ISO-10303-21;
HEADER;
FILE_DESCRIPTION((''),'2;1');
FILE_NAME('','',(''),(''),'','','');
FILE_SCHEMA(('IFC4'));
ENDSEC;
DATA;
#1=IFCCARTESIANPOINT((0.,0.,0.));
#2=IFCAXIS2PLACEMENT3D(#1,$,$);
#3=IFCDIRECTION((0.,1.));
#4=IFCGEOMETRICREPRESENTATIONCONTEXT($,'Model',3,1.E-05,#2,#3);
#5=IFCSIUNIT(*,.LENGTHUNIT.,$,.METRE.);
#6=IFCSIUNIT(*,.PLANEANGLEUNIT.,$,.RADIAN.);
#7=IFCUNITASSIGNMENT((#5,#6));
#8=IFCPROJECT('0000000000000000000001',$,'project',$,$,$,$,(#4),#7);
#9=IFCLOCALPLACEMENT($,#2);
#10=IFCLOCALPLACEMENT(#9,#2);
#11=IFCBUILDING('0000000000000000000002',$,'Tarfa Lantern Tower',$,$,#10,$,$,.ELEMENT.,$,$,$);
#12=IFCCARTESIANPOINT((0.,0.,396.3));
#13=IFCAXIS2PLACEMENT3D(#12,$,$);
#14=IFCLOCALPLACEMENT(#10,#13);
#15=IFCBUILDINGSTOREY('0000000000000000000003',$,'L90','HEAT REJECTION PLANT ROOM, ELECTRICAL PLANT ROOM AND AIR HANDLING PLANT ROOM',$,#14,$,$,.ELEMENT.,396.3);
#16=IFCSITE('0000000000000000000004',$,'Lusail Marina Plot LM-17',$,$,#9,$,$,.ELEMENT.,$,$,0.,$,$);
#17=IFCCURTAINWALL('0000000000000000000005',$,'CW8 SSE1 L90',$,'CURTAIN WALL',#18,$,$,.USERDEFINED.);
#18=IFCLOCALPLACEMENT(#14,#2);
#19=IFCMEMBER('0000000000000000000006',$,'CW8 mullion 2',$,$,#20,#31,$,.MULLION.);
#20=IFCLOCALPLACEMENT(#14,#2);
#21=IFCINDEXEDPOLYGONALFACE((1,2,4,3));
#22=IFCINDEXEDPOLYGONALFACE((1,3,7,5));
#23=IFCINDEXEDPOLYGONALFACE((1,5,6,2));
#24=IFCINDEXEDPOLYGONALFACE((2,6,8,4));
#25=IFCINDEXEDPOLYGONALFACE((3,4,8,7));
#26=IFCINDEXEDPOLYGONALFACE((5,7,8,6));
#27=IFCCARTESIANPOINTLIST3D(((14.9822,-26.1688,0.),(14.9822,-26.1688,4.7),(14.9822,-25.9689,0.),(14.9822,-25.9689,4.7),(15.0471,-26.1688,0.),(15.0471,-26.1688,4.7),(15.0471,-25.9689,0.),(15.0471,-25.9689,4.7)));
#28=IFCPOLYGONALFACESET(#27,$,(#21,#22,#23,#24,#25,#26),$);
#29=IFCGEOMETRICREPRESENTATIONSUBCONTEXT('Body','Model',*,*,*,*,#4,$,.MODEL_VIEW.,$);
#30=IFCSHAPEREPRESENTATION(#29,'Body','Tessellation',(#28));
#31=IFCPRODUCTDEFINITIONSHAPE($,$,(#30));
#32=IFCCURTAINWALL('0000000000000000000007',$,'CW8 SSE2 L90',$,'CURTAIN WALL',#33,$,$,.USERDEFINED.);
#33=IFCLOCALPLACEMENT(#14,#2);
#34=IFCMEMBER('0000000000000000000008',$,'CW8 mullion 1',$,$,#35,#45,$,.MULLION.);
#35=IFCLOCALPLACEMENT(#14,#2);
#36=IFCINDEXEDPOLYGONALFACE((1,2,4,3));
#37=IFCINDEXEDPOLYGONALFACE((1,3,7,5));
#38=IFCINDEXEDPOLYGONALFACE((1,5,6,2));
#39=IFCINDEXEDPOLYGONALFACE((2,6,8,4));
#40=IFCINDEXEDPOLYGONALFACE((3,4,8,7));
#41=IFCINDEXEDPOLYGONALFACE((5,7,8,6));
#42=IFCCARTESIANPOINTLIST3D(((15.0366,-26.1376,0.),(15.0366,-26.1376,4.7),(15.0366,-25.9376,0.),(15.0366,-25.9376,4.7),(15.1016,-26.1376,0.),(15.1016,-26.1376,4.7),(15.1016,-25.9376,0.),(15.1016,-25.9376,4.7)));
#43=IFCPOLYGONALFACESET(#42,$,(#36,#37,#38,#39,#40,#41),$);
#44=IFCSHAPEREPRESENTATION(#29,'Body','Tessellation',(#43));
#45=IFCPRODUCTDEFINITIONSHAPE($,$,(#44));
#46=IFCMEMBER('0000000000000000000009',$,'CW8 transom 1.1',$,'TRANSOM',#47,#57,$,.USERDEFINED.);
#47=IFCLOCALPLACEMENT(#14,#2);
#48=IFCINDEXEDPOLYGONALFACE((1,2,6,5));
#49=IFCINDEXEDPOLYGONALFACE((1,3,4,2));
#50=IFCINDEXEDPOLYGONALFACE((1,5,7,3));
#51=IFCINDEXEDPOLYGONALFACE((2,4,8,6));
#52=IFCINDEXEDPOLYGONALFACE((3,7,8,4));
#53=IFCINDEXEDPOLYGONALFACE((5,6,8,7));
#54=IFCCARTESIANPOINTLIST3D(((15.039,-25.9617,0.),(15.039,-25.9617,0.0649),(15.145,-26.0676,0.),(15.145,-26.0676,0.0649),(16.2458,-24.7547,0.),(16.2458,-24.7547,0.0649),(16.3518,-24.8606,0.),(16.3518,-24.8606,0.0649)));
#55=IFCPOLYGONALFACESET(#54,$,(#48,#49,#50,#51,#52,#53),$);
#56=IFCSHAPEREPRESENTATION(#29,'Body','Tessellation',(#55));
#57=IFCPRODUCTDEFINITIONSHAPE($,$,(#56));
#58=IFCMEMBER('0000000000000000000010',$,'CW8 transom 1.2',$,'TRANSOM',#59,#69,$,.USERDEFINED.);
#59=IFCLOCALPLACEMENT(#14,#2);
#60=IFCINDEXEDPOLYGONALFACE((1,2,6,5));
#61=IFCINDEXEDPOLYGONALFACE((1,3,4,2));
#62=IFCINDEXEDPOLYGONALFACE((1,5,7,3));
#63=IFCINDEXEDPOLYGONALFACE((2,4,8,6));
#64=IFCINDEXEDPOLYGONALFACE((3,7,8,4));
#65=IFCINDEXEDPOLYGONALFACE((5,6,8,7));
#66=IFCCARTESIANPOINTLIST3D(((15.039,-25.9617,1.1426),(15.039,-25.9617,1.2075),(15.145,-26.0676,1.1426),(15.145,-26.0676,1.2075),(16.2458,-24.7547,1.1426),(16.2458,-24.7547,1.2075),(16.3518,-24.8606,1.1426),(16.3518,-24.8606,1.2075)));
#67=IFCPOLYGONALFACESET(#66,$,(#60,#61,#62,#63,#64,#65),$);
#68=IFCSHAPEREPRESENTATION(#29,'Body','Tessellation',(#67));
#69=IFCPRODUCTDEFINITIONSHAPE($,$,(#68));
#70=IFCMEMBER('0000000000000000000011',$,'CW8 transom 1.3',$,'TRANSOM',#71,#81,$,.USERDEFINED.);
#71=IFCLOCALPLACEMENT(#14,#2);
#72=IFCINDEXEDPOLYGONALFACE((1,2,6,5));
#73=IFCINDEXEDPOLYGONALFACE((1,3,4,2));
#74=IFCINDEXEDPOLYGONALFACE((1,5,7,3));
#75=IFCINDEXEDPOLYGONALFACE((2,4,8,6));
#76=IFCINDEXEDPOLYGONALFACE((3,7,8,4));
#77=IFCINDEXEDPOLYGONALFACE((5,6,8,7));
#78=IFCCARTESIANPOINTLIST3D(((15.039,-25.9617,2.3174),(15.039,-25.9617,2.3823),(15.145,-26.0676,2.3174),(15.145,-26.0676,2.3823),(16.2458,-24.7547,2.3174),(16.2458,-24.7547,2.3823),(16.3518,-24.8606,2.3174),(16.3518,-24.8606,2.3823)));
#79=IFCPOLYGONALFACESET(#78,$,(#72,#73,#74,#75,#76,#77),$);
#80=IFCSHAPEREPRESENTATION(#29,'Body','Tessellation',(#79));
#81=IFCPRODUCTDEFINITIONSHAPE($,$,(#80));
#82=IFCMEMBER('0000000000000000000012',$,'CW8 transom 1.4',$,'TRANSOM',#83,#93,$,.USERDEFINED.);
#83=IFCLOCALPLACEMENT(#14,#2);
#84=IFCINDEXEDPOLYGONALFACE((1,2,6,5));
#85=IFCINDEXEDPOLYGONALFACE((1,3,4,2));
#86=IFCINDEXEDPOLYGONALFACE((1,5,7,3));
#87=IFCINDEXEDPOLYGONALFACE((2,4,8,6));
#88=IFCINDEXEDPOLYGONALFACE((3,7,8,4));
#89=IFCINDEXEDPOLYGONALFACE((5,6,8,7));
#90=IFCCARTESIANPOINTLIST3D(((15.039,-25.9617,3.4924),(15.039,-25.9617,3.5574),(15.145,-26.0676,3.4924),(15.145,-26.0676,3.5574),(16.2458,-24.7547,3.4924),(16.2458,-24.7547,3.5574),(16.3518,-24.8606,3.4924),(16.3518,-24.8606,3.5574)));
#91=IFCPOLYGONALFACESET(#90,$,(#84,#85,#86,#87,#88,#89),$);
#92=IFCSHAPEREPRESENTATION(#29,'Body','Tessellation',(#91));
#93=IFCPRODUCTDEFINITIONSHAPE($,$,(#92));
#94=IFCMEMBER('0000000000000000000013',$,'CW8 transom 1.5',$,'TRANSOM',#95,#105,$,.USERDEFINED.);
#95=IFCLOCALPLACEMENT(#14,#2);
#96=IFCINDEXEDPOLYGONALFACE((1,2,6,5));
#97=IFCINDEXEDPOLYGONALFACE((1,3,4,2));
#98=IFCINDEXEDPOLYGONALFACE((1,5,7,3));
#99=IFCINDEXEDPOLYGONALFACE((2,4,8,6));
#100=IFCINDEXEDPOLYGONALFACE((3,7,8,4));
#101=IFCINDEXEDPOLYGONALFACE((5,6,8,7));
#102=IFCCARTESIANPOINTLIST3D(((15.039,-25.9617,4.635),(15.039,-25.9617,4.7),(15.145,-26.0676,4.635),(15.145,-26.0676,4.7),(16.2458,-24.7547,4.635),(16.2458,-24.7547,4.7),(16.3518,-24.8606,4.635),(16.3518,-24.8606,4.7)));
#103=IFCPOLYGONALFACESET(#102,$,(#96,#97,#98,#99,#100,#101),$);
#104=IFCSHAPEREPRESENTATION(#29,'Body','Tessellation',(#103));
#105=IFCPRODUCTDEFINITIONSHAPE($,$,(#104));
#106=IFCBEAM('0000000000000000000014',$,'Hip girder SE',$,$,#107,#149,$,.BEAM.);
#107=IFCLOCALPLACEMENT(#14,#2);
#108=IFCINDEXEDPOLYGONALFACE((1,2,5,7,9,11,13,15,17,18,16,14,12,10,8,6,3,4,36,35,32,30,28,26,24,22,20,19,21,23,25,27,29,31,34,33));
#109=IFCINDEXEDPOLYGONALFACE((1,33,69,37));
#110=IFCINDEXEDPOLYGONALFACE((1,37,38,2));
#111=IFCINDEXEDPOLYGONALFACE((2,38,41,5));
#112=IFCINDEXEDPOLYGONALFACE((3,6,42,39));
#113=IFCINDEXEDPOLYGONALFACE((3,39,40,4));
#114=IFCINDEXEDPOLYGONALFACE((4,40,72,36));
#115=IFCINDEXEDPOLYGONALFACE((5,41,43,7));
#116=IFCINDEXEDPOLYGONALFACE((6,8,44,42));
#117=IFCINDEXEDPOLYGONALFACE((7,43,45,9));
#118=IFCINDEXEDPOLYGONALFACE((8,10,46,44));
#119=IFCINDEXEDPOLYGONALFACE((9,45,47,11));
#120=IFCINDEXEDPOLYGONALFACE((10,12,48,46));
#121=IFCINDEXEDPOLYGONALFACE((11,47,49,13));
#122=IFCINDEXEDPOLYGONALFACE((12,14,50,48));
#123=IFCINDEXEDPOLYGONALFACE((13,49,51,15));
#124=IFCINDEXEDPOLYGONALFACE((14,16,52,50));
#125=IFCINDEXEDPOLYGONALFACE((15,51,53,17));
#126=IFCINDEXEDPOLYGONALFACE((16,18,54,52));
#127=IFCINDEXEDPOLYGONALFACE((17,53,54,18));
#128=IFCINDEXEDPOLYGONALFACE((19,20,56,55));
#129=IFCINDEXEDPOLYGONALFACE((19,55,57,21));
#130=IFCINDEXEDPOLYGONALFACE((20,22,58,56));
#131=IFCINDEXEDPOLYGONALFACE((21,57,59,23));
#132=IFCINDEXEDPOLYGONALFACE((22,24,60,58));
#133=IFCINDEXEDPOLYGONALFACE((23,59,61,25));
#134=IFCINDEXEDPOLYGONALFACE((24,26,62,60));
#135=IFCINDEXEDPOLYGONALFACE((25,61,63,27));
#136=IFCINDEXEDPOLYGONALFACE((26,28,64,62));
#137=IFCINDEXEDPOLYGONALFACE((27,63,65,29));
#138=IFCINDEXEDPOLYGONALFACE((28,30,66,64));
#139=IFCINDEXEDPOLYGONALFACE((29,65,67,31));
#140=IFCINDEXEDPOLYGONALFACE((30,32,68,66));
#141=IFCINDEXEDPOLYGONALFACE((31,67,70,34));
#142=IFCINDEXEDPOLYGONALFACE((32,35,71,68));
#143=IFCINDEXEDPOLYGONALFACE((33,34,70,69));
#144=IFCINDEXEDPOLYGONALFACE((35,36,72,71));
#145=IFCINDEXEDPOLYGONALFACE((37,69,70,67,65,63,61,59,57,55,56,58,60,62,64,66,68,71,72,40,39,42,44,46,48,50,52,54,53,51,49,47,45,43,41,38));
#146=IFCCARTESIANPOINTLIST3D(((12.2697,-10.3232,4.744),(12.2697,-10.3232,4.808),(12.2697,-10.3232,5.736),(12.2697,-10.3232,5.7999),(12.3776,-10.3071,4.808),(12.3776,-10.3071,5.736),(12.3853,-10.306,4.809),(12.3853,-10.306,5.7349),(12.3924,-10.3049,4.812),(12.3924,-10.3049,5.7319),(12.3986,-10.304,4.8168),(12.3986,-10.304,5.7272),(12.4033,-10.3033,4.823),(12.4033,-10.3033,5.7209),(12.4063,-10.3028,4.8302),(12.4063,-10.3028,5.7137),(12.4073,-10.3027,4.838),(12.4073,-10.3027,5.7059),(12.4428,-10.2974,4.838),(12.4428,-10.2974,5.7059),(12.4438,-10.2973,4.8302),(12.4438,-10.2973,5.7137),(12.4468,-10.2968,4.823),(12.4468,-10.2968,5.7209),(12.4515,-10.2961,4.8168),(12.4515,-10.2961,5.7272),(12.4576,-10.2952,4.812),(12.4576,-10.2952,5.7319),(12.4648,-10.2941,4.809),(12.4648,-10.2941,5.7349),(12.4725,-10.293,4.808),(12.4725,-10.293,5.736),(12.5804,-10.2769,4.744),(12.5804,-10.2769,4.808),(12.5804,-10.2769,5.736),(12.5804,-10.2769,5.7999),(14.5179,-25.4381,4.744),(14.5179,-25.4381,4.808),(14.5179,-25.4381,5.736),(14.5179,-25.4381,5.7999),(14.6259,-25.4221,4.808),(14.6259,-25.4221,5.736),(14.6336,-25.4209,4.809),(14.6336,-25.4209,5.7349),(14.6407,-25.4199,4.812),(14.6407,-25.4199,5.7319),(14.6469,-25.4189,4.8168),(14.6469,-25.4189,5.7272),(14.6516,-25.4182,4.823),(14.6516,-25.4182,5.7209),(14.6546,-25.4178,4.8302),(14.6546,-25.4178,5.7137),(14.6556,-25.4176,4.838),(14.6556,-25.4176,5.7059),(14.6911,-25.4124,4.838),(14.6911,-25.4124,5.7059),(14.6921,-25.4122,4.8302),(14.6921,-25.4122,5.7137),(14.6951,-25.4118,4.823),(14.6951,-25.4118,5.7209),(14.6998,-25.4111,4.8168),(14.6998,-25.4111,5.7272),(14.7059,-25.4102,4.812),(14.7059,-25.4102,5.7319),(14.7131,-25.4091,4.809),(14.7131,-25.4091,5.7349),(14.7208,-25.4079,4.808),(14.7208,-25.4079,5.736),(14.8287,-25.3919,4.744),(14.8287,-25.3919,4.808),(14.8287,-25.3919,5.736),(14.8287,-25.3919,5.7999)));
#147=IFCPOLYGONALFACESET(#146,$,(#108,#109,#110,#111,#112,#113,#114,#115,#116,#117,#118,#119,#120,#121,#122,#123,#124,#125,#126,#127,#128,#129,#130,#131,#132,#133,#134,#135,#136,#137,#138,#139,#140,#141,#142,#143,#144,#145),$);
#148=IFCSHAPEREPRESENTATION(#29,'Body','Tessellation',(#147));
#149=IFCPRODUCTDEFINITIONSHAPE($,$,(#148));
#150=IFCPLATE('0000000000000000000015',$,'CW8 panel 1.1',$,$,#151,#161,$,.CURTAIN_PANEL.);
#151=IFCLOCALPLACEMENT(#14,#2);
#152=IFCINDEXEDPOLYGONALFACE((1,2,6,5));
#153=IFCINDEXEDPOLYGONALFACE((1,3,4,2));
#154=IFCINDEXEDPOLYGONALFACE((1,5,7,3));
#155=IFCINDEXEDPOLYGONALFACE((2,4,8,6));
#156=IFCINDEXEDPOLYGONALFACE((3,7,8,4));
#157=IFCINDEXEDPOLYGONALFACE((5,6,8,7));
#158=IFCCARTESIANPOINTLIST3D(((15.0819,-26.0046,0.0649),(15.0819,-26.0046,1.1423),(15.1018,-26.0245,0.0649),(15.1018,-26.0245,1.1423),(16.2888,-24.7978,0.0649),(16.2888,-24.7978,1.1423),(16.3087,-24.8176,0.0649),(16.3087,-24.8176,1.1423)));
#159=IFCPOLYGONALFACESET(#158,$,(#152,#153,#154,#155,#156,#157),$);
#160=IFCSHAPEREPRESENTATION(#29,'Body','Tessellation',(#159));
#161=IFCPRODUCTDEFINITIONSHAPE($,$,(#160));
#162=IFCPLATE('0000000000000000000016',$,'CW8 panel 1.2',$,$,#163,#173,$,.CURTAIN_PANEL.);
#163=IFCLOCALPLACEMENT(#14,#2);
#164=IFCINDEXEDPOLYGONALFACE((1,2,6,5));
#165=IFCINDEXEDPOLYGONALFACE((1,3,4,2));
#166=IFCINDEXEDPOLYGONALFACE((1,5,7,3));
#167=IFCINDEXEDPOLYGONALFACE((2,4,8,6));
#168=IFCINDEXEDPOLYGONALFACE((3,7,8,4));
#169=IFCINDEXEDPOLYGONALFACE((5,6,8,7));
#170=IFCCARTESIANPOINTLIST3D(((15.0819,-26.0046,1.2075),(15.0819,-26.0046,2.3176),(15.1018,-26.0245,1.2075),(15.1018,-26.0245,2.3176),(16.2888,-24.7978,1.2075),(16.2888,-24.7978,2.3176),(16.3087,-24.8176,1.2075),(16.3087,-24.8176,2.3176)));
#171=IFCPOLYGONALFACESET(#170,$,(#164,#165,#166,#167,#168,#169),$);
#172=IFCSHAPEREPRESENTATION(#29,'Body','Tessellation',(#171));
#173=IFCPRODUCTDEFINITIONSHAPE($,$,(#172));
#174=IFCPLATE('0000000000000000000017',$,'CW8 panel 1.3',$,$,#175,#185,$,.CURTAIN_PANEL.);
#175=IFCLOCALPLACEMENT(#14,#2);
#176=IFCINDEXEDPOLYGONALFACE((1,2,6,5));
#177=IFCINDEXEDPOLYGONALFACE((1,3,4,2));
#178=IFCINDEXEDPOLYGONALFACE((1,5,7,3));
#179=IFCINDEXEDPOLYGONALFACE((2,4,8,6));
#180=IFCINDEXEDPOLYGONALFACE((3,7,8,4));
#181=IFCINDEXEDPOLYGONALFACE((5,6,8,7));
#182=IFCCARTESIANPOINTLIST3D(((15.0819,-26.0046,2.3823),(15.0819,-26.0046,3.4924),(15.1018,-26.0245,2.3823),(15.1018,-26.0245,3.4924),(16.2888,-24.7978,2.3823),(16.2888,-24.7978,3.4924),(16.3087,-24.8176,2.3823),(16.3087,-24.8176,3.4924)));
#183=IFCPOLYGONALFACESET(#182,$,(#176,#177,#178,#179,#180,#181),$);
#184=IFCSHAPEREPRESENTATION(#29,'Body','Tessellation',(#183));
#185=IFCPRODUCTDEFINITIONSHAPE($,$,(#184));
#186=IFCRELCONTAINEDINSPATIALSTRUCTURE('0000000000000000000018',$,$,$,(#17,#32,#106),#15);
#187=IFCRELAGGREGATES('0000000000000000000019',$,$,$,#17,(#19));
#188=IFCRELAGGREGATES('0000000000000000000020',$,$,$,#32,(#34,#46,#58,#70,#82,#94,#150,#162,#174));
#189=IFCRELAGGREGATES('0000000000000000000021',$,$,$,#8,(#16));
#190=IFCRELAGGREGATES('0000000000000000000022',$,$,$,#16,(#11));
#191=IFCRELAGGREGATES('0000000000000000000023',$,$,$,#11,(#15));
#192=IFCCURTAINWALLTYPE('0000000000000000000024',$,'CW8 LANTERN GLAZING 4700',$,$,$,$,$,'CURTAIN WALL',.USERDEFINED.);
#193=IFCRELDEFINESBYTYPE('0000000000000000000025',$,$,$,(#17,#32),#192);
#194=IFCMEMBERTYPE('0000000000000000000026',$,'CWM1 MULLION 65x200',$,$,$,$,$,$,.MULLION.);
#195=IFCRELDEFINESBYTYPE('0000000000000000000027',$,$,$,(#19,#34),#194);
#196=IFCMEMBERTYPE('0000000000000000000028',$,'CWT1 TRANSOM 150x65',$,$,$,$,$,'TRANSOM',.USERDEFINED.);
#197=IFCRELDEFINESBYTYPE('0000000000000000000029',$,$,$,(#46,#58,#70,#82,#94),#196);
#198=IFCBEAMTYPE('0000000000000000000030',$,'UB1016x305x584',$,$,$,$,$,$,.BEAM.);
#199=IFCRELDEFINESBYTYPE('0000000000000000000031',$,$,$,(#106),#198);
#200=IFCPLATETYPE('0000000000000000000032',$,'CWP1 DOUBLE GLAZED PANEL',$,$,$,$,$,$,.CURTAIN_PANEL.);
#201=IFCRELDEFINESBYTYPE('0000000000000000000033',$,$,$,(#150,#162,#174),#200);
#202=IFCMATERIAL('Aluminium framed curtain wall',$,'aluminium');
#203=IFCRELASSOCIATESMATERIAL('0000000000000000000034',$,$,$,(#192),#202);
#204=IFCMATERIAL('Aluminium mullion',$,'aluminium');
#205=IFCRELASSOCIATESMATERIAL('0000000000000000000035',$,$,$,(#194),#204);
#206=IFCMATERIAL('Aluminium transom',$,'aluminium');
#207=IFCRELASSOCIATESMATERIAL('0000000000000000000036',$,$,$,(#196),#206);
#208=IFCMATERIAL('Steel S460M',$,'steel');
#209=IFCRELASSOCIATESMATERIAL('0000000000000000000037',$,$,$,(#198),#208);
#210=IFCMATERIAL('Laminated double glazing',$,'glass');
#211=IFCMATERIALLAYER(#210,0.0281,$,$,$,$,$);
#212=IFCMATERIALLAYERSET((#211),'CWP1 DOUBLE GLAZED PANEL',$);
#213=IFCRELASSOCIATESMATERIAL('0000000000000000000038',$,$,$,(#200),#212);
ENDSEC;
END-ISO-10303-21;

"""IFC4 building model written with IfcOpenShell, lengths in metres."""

from ifc_helpers import new_model, si_unit, direction, frame, origin, origin_2d, place, context, subcontext, project, spatial, rectangle, i_section, extrude, material, layer, layer_set, material_profile, profile_set, type_object, element, aggregate, save


model = new_model("IFC4")

# Units and contexts
model_context = context("Model", 3, precision=1e-05, world=origin(), true_north=direction((0.0, 1.0)))
body_context = subcontext(model_context, "Body", "Model", "MODEL_VIEW")
ifc_project = project(units=[si_unit("LENGTHUNIT", "METRE"), si_unit("PLANEANGLEUNIT", "RADIAN")], contexts=[model_context])

# Site, building, storey
site_placement = place(None, origin())
site = spatial("IfcSite", under=ifc_project, at=site_placement, Name="Lusail Marina Plot LM-17", CompositionType="ELEMENT", RefElevation=0.0)
building_placement = place(site_placement, origin())
building = spatial("IfcBuilding", under=site, at=building_placement, Name="Tarfa Lantern Tower", CompositionType="ELEMENT")
storey_placement = place(building_placement, frame((0.0, 0.0, 396.3)))
storey = spatial("IfcBuildingStorey", under=building, at=storey_placement, Name="L90", Description="HEAT REJECTION PLANT ROOM, ELECTRICAL PLANT ROOM AND AIR HANDLING PLANT ROOM", CompositionType="ELEMENT", Elevation=396.3)

# Curtain wall, member
ifc_material_1 = material(Name="Aluminium framed curtain wall", Category="aluminium")
curtain_wall_type = type_object("IfcCurtainWallType", Name="CW8 LANTERN GLAZING 4700", ElementType="CURTAIN WALL", PredefinedType="USERDEFINED", material=ifc_material_1)
curtain_wall_1_placement = place(storey_placement, origin())
curtain_wall_1 = element("IfcCurtainWall", 1, at=curtain_wall_1_placement, inside=storey, type_object=curtain_wall_type, Name="CW8 SSE1 L90", ObjectType="CURTAIN WALL", PredefinedType="USERDEFINED")
ifc_material_2 = material(Name="Aluminium mullion", Category="aluminium")
ifc_material_profile_1 = material_profile(ifc_material_2, rectangle(XDim=0.0649, YDim=0.2, at=origin_2d()), Name="AL MULLION 65x200")
ifc_profile_set_1 = profile_set([ifc_material_profile_1], Name="Aluminium mullion")
member_type_1 = type_object("IfcMemberType", Name="CWM1 MULLION 65x200", PredefinedType="MULLION", material=ifc_profile_set_1)
member_1_placement = place(storey_placement, frame((15.0146, -26.0688, 0.0), z_axis=(0.0, 0.0, 1.0), x_axis=(1.0, 0.0, 0.0)))
member_1 = element("IfcMember", 2, at=member_1_placement, type_object=member_type_1, Name="CW8 mullion 2", PredefinedType="MULLION", context=body_context, shape_type="SweptSolid", body=[
    extrude(rectangle(XDim=0.0649, YDim=0.2, at=origin_2d()), origin(), (0.0, 0.0, 1.0), 4.7),
])
aggregate(curtain_wall_1, [member_1])

# Curtain wall, members
curtain_wall_2_placement = place(storey_placement, origin())
curtain_wall_2 = element("IfcCurtainWall", 3, at=curtain_wall_2_placement, inside=storey, type_object=curtain_wall_type, Name="CW8 SSE2 L90", ObjectType="CURTAIN WALL", PredefinedType="USERDEFINED")
member_2_placement = place(storey_placement, frame((15.0691, -26.0376, 0.0), z_axis=(0.0, 0.0, 1.0), x_axis=(1.0, 0.0, 0.0)))
member_2 = element("IfcMember", 4, at=member_2_placement, type_object=member_type_1, Name="CW8 mullion 1", PredefinedType="MULLION", context=body_context, shape_type="SweptSolid", body=[
    extrude(rectangle(XDim=0.0649, YDim=0.2, at=origin_2d()), origin(), (0.0, 0.0, 1.0), 4.7),
])
ifc_material_3 = material(Name="Aluminium transom", Category="aluminium")
ifc_material_profile_2 = material_profile(ifc_material_3, rectangle(XDim=0.1499, YDim=0.0649, at=origin_2d()), Name="AL TRANSOM 150x65")
ifc_profile_set_2 = profile_set([ifc_material_profile_2], Name="Aluminium transom")
member_type_2 = type_object("IfcMemberType", Name="CWT1 TRANSOM 150x65", ElementType="TRANSOM", PredefinedType="USERDEFINED", material=ifc_profile_set_2)
member_3_placement = place(storey_placement, frame((15.092, -26.0146, 0.0325), z_axis=(0.707035, 0.707178, 0.0), x_axis=(-0.707178, 0.707035, 0.0)))
member_3 = element("IfcMember", 5, at=member_3_placement, type_object=member_type_2, Name="CW8 transom 1.1", ObjectType="TRANSOM", PredefinedType="USERDEFINED", context=body_context, shape_type="SweptSolid", body=[
    extrude(rectangle(XDim=0.1499, YDim=0.0649, at=origin_2d()), origin(), (0.0, 0.0, 1.0), 1.7068),
])
member_4_placement = place(storey_placement, frame((15.092, -26.0146, 1.175), z_axis=(0.707035, 0.707178, 0.0), x_axis=(-0.707178, 0.707035, 0.0)))
member_4 = element("IfcMember", 6, at=member_4_placement, type_object=member_type_2, Name="CW8 transom 1.2", ObjectType="TRANSOM", PredefinedType="USERDEFINED", context=body_context, shape_type="SweptSolid", body=[
    extrude(rectangle(XDim=0.1499, YDim=0.0649, at=origin_2d()), origin(), (0.0, 0.0, 1.0), 1.7068),
])
member_5_placement = place(storey_placement, frame((15.092, -26.0146, 2.3499), z_axis=(0.707035, 0.707178, 0.0), x_axis=(-0.707178, 0.707035, 0.0)))
member_5 = element("IfcMember", 7, at=member_5_placement, type_object=member_type_2, Name="CW8 transom 1.3", ObjectType="TRANSOM", PredefinedType="USERDEFINED", context=body_context, shape_type="SweptSolid", body=[
    extrude(rectangle(XDim=0.1499, YDim=0.0649, at=origin_2d()), origin(), (0.0, 0.0, 1.0), 1.7068),
])
member_6_placement = place(storey_placement, frame((15.092, -26.0146, 3.5249), z_axis=(0.707035, 0.707178, 0.0), x_axis=(-0.707178, 0.707035, 0.0)))
member_6 = element("IfcMember", 8, at=member_6_placement, type_object=member_type_2, Name="CW8 transom 1.4", ObjectType="TRANSOM", PredefinedType="USERDEFINED", context=body_context, shape_type="SweptSolid", body=[
    extrude(rectangle(XDim=0.1499, YDim=0.0649, at=origin_2d()), origin(), (0.0, 0.0, 1.0), 1.7068),
])
member_7_placement = place(storey_placement, frame((15.092, -26.0146, 4.6675), z_axis=(0.707035, 0.707178, 0.0), x_axis=(-0.707178, 0.707035, 0.0)))
member_7 = element("IfcMember", 9, at=member_7_placement, type_object=member_type_2, Name="CW8 transom 1.5", ObjectType="TRANSOM", PredefinedType="USERDEFINED", context=body_context, shape_type="SweptSolid", body=[
    extrude(rectangle(XDim=0.1499, YDim=0.0649, at=origin_2d()), origin(), (0.0, 0.0, 1.0), 1.7068),
])

# Beam
ifc_material_4 = material(Name="Steel S460M", Category="steel")
ifc_material_profile_3 = material_profile(ifc_material_4, i_section(OverallWidth=0.3142, OverallDepth=1.0559, WebThickness=0.0359, FlangeThickness=0.064, FilletRadius=0.03, at=origin_2d()), Name="UB1016x305x584")
ifc_profile_set_3 = profile_set([ifc_material_profile_3], Name="Steel S460M")
beam_type = type_object("IfcBeamType", Name="UB1016x305x584", PredefinedType="BEAM", material=ifc_profile_set_3)
beam_placement = place(storey_placement, frame((12.425, -10.3, 5.272), z_axis=(0.147127, -0.989118, 0.0), x_axis=(0.989118, 0.147127, 0.0)))
element("IfcBeam", 10, at=beam_placement, inside=storey, type_object=beam_type, Name="Hip girder SE", PredefinedType="BEAM", context=body_context, shape_type="SweptSolid", body=[
    extrude(i_section(OverallWidth=0.3142, OverallDepth=1.0559, WebThickness=0.0359, FlangeThickness=0.064, FilletRadius=0.03, at=origin_2d()), origin(), (0.0, 0.0, 1.0), 15.2812),
])

# Plates
ifc_material_5 = material(Name="Laminated double glazing", Category="glass")
ifc_layer_1 = layer(ifc_material_5, 0.0281)
ifc_layer_set_1 = layer_set([ifc_layer_1], Name="CWP1 DOUBLE GLAZED PANEL")
plate_type = type_object("IfcPlateType", Name="CWP1 DOUBLE GLAZED PANEL", PredefinedType="CURTAIN_PANEL", material=ifc_layer_set_1)
plate_1_placement = place(storey_placement, frame((15.6953, -25.4111, 0.0649), z_axis=(0.0, 0.0, 1.0), x_axis=(0.707107, 0.707107, 0.0)))
plate_1 = element("IfcPlate", 11, at=plate_1_placement, type_object=plate_type, Name="CW8 panel 1.1", PredefinedType="CURTAIN_PANEL", context=body_context, shape_type="SweptSolid", body=[
    extrude(rectangle(XDim=1.7068, YDim=0.0281, at=origin_2d()), origin(), (0.0, 0.0, 1.0), 1.0774),
])
plate_2_placement = place(storey_placement, frame((15.6953, -25.4111, 1.2075), z_axis=(0.0, 0.0, 1.0), x_axis=(0.707107, 0.707107, 0.0)))
plate_2 = element("IfcPlate", 12, at=plate_2_placement, type_object=plate_type, Name="CW8 panel 1.2", PredefinedType="CURTAIN_PANEL", context=body_context, shape_type="SweptSolid", body=[
    extrude(rectangle(XDim=1.7068, YDim=0.0281, at=origin_2d()), origin(), (0.0, 0.0, 1.0), 1.1101),
])
plate_3_placement = place(storey_placement, frame((15.6953, -25.4111, 2.3823), z_axis=(0.0, 0.0, 1.0), x_axis=(0.707107, 0.707107, 0.0)))
plate_3 = element("IfcPlate", 13, at=plate_3_placement, type_object=plate_type, Name="CW8 panel 1.3", PredefinedType="CURTAIN_PANEL", context=body_context, shape_type="SweptSolid", body=[
    extrude(rectangle(XDim=1.7068, YDim=0.0281, at=origin_2d()), origin(), (0.0, 0.0, 1.0), 1.1101),
])
aggregate(curtain_wall_2, [member_2, member_3, member_4, member_5, member_6, member_7, plate_1, plate_2, plate_3])

save(model, "model.ifc")
